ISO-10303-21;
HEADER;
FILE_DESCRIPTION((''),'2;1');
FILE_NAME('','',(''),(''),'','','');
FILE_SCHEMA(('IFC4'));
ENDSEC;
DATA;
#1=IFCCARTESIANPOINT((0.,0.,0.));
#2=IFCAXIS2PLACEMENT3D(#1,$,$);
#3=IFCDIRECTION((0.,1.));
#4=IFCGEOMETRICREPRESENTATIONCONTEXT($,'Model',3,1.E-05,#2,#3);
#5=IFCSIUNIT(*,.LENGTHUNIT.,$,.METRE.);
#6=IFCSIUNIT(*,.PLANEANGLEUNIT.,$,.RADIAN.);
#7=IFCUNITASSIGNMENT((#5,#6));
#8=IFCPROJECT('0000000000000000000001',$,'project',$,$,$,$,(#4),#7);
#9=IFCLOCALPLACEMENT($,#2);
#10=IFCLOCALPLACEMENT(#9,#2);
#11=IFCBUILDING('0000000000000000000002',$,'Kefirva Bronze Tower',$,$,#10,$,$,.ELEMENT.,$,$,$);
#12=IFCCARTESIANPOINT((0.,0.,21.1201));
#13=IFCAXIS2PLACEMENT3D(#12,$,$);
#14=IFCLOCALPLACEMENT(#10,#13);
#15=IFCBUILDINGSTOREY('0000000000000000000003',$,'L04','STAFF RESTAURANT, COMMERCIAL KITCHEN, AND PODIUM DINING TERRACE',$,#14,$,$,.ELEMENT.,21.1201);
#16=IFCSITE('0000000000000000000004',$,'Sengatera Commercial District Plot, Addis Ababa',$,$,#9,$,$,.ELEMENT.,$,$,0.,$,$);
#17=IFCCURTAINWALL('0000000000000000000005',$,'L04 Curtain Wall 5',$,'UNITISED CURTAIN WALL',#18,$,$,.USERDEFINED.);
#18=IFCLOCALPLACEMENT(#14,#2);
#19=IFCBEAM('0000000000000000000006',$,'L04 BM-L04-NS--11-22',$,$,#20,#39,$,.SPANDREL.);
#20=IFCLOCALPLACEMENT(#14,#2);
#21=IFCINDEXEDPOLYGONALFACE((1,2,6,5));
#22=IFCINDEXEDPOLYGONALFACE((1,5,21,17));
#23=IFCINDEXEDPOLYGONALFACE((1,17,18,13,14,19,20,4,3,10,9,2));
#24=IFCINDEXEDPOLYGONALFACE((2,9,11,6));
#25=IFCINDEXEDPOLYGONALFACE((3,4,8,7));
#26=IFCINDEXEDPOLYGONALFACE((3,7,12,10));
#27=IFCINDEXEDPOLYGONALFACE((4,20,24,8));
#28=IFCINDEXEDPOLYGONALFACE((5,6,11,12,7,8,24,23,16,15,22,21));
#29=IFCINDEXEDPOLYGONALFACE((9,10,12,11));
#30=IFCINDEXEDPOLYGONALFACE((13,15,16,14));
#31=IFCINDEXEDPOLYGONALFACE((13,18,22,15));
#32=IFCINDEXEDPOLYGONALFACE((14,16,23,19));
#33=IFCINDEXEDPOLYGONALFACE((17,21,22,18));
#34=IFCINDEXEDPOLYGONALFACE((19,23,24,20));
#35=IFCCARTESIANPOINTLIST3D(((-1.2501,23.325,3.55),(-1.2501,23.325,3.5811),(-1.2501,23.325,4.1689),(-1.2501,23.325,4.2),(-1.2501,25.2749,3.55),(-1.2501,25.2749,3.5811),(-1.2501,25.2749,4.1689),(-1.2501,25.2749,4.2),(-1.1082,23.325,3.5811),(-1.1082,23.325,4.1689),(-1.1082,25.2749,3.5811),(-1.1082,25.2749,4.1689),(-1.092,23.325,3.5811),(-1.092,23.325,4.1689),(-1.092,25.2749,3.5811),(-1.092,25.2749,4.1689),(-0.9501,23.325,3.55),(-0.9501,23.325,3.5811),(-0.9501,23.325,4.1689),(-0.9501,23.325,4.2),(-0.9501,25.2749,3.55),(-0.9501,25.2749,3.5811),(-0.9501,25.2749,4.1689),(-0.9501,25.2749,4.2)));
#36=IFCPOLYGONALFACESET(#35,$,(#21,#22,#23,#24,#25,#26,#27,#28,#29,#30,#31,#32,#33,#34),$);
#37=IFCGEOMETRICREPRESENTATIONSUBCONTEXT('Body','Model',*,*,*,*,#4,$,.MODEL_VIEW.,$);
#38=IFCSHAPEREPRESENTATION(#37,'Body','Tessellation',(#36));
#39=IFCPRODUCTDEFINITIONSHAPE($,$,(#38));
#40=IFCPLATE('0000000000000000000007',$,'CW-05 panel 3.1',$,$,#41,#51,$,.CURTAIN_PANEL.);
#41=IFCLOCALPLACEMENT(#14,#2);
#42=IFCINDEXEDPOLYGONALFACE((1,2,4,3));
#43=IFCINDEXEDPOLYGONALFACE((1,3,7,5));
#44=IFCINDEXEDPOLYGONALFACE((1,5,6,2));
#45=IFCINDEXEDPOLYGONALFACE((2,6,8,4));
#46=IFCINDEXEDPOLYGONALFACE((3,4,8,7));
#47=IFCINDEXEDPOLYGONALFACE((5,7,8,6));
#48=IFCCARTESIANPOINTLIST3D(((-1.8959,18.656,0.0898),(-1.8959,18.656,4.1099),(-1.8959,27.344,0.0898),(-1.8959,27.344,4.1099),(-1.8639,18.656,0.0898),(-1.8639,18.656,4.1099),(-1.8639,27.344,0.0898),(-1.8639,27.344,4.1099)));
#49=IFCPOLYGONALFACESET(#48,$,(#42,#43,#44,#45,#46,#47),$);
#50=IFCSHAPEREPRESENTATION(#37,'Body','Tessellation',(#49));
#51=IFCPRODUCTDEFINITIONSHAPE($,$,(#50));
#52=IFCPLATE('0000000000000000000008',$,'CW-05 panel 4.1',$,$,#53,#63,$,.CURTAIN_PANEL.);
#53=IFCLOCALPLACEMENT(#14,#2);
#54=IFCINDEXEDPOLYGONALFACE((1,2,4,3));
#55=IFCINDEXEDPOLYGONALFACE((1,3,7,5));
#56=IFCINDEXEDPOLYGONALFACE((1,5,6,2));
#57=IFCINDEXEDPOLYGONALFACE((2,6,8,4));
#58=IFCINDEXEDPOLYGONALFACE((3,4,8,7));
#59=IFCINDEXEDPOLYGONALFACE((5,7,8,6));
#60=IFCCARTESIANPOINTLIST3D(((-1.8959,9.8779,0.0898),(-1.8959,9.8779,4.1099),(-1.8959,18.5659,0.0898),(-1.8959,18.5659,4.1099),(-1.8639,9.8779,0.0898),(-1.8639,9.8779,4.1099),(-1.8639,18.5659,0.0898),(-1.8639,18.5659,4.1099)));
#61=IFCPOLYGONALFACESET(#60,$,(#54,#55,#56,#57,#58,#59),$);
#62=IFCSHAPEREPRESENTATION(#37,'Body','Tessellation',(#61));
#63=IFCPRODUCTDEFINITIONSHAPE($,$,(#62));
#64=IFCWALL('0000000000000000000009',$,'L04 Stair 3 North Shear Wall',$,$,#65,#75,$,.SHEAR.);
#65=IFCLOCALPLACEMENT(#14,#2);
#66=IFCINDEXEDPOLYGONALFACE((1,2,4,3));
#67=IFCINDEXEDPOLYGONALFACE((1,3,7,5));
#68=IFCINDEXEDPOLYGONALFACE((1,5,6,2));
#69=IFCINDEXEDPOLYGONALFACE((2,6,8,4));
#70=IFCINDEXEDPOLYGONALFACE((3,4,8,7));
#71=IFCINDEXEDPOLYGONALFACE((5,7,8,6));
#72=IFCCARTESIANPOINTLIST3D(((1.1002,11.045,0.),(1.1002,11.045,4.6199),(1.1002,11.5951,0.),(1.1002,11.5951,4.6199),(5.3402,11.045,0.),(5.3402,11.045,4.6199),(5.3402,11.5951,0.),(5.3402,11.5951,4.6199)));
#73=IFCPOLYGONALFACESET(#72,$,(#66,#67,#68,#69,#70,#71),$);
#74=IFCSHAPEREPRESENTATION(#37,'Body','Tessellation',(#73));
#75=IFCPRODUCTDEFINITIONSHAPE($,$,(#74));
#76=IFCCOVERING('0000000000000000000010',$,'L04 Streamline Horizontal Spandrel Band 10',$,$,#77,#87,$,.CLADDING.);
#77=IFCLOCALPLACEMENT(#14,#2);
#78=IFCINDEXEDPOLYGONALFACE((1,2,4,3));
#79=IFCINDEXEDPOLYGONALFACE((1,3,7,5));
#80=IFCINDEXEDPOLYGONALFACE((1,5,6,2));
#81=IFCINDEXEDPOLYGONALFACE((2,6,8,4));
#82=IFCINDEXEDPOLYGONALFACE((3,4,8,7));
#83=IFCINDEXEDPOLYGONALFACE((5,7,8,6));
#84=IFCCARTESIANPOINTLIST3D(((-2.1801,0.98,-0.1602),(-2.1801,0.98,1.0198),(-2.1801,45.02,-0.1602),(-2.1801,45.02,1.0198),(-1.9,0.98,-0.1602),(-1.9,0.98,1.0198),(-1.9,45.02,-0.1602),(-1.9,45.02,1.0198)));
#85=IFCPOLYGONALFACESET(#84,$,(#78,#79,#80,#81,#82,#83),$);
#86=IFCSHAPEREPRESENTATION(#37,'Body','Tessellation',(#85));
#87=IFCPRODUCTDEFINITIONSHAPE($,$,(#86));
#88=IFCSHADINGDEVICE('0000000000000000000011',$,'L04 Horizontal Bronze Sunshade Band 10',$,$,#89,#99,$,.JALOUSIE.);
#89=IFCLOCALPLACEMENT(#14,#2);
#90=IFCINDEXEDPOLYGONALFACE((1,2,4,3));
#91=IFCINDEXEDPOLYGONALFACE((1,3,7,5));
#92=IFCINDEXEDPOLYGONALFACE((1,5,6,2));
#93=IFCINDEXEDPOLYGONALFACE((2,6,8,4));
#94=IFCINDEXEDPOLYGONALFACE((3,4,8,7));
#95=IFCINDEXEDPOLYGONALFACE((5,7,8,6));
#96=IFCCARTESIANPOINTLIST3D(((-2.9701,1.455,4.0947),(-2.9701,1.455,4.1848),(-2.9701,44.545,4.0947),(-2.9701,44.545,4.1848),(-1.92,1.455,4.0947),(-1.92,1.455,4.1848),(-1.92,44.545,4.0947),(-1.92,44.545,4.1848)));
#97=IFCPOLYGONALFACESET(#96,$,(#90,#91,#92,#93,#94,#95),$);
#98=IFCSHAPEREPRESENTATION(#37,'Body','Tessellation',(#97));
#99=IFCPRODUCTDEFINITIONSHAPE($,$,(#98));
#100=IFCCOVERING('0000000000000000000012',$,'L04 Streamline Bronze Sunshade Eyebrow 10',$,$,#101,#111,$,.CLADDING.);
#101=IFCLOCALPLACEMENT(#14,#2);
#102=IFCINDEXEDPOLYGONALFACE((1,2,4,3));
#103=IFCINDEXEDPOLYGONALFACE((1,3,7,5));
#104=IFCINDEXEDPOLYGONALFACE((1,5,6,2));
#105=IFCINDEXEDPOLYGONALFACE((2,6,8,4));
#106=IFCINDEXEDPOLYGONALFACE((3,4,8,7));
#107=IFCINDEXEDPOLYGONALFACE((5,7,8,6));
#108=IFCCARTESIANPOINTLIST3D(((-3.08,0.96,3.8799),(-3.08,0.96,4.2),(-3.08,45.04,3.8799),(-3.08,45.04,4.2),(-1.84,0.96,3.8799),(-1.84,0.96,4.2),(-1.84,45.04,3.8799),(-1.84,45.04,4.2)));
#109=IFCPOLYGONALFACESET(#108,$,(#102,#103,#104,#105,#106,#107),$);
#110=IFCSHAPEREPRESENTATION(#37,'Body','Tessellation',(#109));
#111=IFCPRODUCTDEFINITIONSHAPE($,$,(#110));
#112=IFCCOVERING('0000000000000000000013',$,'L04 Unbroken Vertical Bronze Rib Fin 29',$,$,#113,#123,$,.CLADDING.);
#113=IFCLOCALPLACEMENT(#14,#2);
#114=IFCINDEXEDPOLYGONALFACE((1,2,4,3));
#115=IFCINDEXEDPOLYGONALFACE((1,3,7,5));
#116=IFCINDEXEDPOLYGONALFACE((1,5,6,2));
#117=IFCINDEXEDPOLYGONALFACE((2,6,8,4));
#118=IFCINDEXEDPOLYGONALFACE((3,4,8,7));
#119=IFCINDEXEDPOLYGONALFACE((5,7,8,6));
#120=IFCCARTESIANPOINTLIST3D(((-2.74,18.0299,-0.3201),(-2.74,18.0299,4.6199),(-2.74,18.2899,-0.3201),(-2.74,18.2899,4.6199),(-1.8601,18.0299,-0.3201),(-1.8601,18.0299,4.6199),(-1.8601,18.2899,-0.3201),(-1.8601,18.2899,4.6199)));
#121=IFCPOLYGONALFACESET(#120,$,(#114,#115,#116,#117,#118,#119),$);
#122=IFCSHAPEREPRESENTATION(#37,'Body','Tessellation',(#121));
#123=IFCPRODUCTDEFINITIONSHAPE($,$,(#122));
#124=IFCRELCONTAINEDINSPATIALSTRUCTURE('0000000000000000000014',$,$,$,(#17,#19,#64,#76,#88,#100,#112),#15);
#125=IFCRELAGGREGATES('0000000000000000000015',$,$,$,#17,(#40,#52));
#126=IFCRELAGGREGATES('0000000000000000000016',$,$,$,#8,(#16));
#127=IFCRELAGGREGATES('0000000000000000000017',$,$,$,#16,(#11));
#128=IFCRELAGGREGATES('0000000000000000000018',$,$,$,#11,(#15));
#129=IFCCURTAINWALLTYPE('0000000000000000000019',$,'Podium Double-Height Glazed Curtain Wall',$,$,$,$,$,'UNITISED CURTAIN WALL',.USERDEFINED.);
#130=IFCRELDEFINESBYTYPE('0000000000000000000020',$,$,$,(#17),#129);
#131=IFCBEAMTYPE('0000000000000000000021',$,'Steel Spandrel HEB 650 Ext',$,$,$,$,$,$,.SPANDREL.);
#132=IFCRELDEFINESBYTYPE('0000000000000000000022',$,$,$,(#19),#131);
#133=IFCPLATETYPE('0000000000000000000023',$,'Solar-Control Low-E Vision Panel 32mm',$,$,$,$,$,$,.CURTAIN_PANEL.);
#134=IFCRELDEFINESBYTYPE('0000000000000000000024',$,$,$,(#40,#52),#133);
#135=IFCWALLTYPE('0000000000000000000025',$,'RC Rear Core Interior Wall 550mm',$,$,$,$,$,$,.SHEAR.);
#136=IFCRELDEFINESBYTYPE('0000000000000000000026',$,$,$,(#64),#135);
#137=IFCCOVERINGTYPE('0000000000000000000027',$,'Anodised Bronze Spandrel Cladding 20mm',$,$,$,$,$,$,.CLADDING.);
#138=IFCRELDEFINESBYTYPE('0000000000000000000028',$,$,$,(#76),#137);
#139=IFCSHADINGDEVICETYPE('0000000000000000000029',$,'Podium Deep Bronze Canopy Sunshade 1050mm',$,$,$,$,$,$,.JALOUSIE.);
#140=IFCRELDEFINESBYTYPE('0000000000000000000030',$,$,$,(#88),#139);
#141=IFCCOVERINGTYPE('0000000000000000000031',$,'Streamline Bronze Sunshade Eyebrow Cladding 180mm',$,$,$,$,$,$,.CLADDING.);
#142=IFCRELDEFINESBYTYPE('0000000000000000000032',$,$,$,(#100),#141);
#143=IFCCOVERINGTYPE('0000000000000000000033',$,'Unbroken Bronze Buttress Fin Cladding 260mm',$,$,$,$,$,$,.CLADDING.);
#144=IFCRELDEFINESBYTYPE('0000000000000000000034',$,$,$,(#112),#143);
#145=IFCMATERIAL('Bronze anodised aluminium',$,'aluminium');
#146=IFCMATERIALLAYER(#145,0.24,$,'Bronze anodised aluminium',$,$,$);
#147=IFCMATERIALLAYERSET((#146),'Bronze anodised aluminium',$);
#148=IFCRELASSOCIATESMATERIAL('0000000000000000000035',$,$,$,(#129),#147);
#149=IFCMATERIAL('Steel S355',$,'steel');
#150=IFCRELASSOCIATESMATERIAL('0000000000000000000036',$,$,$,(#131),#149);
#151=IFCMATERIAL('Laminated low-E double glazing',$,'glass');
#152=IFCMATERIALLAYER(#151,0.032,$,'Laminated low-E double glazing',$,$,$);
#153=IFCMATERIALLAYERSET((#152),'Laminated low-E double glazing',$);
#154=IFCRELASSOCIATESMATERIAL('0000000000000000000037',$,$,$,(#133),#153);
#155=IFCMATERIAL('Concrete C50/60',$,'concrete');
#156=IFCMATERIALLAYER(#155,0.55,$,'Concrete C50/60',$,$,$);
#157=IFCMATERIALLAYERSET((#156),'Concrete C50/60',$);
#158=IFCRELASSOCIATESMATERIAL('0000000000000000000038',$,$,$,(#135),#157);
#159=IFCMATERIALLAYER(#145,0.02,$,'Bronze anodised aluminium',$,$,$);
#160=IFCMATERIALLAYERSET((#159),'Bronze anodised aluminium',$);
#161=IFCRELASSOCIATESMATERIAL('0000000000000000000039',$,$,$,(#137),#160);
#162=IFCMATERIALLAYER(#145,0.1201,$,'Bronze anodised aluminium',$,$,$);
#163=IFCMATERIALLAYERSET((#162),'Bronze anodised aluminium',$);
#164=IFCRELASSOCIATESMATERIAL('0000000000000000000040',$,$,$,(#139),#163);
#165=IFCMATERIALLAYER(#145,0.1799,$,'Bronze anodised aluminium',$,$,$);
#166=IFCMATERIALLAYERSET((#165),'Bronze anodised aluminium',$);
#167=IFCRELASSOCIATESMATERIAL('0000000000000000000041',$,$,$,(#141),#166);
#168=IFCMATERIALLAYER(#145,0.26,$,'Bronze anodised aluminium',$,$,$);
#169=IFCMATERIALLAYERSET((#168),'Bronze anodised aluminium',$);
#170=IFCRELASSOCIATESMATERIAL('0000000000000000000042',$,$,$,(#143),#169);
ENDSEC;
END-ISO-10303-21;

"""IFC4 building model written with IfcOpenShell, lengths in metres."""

from ifc_helpers import new_model, si_unit, direction, frame, frame_2d, origin, origin_2d, place, context, subcontext, project, spatial, rectangle, i_section, extrude, material, layer, layer_set, material_profile, profile_set, type_object, element, aggregate, save


model = new_model("IFC4")

# Units and contexts
model_context = context("Model", 3, precision=1e-05, world=origin(), true_north=direction((0.0, 1.0)))
body_context = subcontext(model_context, "Body", "Model", "MODEL_VIEW")
ifc_project = project(units=[si_unit("LENGTHUNIT", "METRE"), si_unit("PLANEANGLEUNIT", "RADIAN")], contexts=[model_context])

# Site, building, storey
site_placement = place(None, origin())
site = spatial("IfcSite", under=ifc_project, at=site_placement, Name="Sengatera Commercial District Plot, Addis Ababa", CompositionType="ELEMENT", RefElevation=0.0)
building_placement = place(site_placement, origin())
building = spatial("IfcBuilding", under=site, at=building_placement, Name="Kefirva Bronze Tower", CompositionType="ELEMENT")
storey_placement = place(building_placement, frame((0.0, 0.0, 21.1201)))
storey = spatial("IfcBuildingStorey", under=building, at=storey_placement, Name="L04", Description="STAFF RESTAURANT, COMMERCIAL KITCHEN, AND PODIUM DINING TERRACE", CompositionType="ELEMENT", Elevation=21.1201)

# Curtain wall
ifc_material_1 = material(Name="Bronze anodised aluminium", Category="aluminium")
ifc_layer_1 = layer(ifc_material_1, 0.24, Name="Bronze anodised aluminium")
ifc_layer_set_1 = layer_set([ifc_layer_1], Name="Bronze anodised aluminium")
curtain_wall_type = type_object("IfcCurtainWallType", Name="Podium Double-Height Glazed Curtain Wall", ElementType="UNITISED CURTAIN WALL", PredefinedType="USERDEFINED", material=ifc_layer_set_1)
curtain_wall_placement = place(storey_placement, origin())
curtain_wall = element("IfcCurtainWall", 1, at=curtain_wall_placement, inside=storey, type_object=curtain_wall_type, Name="L04 Curtain Wall 5", ObjectType="UNITISED CURTAIN WALL", PredefinedType="USERDEFINED")

# Beam
ifc_material_2 = material(Name="Steel S355", Category="steel")
ifc_material_profile_1 = material_profile(ifc_material_2, i_section(OverallWidth=0.3, OverallDepth=0.6499, WebThickness=0.0161, FlangeThickness=0.031, at=origin_2d()), Name="HEB 650")
ifc_profile_set_1 = profile_set([ifc_material_profile_1], Name="Steel S355")
beam_type_1 = type_object("IfcBeamType", Name="Steel Spandrel HEB 650 Ext", PredefinedType="SPANDREL", material=ifc_profile_set_1)
beam_1_placement = place(storey_placement, frame((-1.1001, 23.325, 3.875), z_axis=(0.0, 1.0, 0.0), x_axis=(-1.0, 0.0, 0.0)))
element("IfcBeam", 2, at=beam_1_placement, inside=storey, type_object=beam_type_1, Name="L04 BM-L04-NS--11-22", PredefinedType="SPANDREL", context=body_context, shape_type="SweptSolid", body=[
    extrude(i_section(OverallWidth=0.3, OverallDepth=0.6499, WebThickness=0.0161, FlangeThickness=0.031, at=origin_2d()), origin(), (0.0, 0.0, 1.0), 1.95),
])

# Plates
ifc_material_3 = material(Name="Laminated low-E double glazing", Category="glass")
ifc_layer_2 = layer(ifc_material_3, 0.032, Name="Laminated low-E double glazing")
ifc_layer_set_2 = layer_set([ifc_layer_2], Name="Laminated low-E double glazing")
plate_type = type_object("IfcPlateType", Name="Solar-Control Low-E Vision Panel 32mm", PredefinedType="CURTAIN_PANEL", material=ifc_layer_set_2)
plate_1_placement = place(storey_placement, frame((-1.8799, 23.0, 0.0898), z_axis=(0.0, 0.0, 1.0), x_axis=(0.0, -1.0, 0.0)))
plate_1 = element("IfcPlate", 3, at=plate_1_placement, type_object=plate_type, Name="CW-05 panel 3.1", PredefinedType="CURTAIN_PANEL", context=body_context, shape_type="SweptSolid", body=[
    extrude(rectangle(XDim=8.688, YDim=0.032, at=origin_2d()), origin(), (0.0, 0.0, 1.0), 4.02),
])
plate_2_placement = place(storey_placement, frame((-1.8799, 14.2219, 0.0898), z_axis=(0.0, 0.0, 1.0), x_axis=(0.0, -1.0, 0.0)))
plate_2 = element("IfcPlate", 4, at=plate_2_placement, type_object=plate_type, Name="CW-05 panel 4.1", PredefinedType="CURTAIN_PANEL", context=body_context, shape_type="SweptSolid", body=[
    extrude(rectangle(XDim=8.688, YDim=0.032, at=origin_2d()), origin(), (0.0, 0.0, 1.0), 4.02),
])
aggregate(curtain_wall, [plate_1, plate_2])

# Wall
ifc_material_4 = material(Name="Concrete C50/60", Category="concrete")
ifc_layer_3 = layer(ifc_material_4, 0.55, Name="Concrete C50/60")
ifc_layer_set_3 = layer_set([ifc_layer_3], Name="Concrete C50/60")
wall_type = type_object("IfcWallType", Name="RC Rear Core Interior Wall 550mm", PredefinedType="SHEAR", material=ifc_layer_set_3)
wall_placement = place(storey_placement, frame((1.1001, 11.3201, 0.0), z_axis=(0.0, 0.0, 1.0), x_axis=(1.0, 0.0, 0.0)))
element("IfcWall", 5, at=wall_placement, inside=storey, type_object=wall_type, Name="L04 Stair 3 North Shear Wall", PredefinedType="SHEAR", context=body_context, shape_type="SweptSolid", body=[
    extrude(rectangle(XDim=4.24, YDim=0.55, at=frame_2d((2.1201, 0.0))), origin(), (0.0, 0.0, 1.0), 4.6199),
])

# Covering
ifc_layer_4 = layer(ifc_material_1, 0.02, Name="Bronze anodised aluminium")
ifc_layer_set_4 = layer_set([ifc_layer_4], Name="Bronze anodised aluminium")
covering_type_1 = type_object("IfcCoveringType", Name="Anodised Bronze Spandrel Cladding 20mm", PredefinedType="CLADDING", material=ifc_layer_set_4)
covering_1_placement = place(storey_placement, frame((-2.04, 23.0, -0.1602), z_axis=(0.0, 0.0, 1.0), x_axis=(0.0, -1.0, 0.0)))
element("IfcCovering", 6, at=covering_1_placement, inside=storey, type_object=covering_type_1, Name="L04 Streamline Horizontal Spandrel Band 10", PredefinedType="CLADDING", context=body_context, shape_type="SweptSolid", body=[
    extrude(rectangle(XDim=44.04, YDim=0.28, at=origin_2d()), origin(), (0.0, 0.0, 1.0), 1.1799),
])

# Shading device
ifc_layer_5 = layer(ifc_material_1, 0.1201, Name="Bronze anodised aluminium")
ifc_layer_set_5 = layer_set([ifc_layer_5], Name="Bronze anodised aluminium")
shading_device_type = type_object("IfcShadingDeviceType", Name="Podium Deep Bronze Canopy Sunshade 1050mm", PredefinedType="JALOUSIE", material=ifc_layer_set_5)
shading_device_placement = place(storey_placement, frame((-2.4451, 23.0, 4.0947), z_axis=(0.0, 0.0, 1.0), x_axis=(0.0, -1.0, 0.0)))
element("IfcShadingDevice", 7, at=shading_device_placement, inside=storey, type_object=shading_device_type, Name="L04 Horizontal Bronze Sunshade Band 10", PredefinedType="JALOUSIE", context=body_context, shape_type="SweptSolid", body=[
    extrude(rectangle(XDim=43.0901, YDim=1.05, at=origin_2d()), origin(), (0.0, 0.0, 1.0), 0.0901),
])

# Coverings
ifc_layer_6 = layer(ifc_material_1, 0.1799, Name="Bronze anodised aluminium")
ifc_layer_set_6 = layer_set([ifc_layer_6], Name="Bronze anodised aluminium")
covering_type_2 = type_object("IfcCoveringType", Name="Streamline Bronze Sunshade Eyebrow Cladding 180mm", PredefinedType="CLADDING", material=ifc_layer_set_6)
covering_2_placement = place(storey_placement, frame((-2.46, 23.0, 3.8799), z_axis=(0.0, 0.0, 1.0), x_axis=(0.0, -1.0, 0.0)))
element("IfcCovering", 8, at=covering_2_placement, inside=storey, type_object=covering_type_2, Name="L04 Streamline Bronze Sunshade Eyebrow 10", PredefinedType="CLADDING", context=body_context, shape_type="SweptSolid", body=[
    extrude(rectangle(XDim=44.0801, YDim=1.24, at=origin_2d()), origin(), (0.0, 0.0, 1.0), 0.3201),
])
ifc_layer_7 = layer(ifc_material_1, 0.26, Name="Bronze anodised aluminium")
ifc_layer_set_7 = layer_set([ifc_layer_7], Name="Bronze anodised aluminium")
covering_type_3 = type_object("IfcCoveringType", Name="Unbroken Bronze Buttress Fin Cladding 260mm", PredefinedType="CLADDING", material=ifc_layer_set_7)
covering_3_placement = place(storey_placement, frame((-2.3, 18.1599, -0.3201), z_axis=(0.0, 0.0, 1.0), x_axis=(0.0, -1.0, 0.0)))
element("IfcCovering", 9, at=covering_3_placement, inside=storey, type_object=covering_type_3, Name="L04 Unbroken Vertical Bronze Rib Fin 29", PredefinedType="CLADDING", context=body_context, shape_type="SweptSolid", body=[
    extrude(rectangle(XDim=0.26, YDim=0.8799, at=origin_2d()), origin(), (0.0, 0.0, 1.0), 4.9399),
])

save(model, "model.ifc")
